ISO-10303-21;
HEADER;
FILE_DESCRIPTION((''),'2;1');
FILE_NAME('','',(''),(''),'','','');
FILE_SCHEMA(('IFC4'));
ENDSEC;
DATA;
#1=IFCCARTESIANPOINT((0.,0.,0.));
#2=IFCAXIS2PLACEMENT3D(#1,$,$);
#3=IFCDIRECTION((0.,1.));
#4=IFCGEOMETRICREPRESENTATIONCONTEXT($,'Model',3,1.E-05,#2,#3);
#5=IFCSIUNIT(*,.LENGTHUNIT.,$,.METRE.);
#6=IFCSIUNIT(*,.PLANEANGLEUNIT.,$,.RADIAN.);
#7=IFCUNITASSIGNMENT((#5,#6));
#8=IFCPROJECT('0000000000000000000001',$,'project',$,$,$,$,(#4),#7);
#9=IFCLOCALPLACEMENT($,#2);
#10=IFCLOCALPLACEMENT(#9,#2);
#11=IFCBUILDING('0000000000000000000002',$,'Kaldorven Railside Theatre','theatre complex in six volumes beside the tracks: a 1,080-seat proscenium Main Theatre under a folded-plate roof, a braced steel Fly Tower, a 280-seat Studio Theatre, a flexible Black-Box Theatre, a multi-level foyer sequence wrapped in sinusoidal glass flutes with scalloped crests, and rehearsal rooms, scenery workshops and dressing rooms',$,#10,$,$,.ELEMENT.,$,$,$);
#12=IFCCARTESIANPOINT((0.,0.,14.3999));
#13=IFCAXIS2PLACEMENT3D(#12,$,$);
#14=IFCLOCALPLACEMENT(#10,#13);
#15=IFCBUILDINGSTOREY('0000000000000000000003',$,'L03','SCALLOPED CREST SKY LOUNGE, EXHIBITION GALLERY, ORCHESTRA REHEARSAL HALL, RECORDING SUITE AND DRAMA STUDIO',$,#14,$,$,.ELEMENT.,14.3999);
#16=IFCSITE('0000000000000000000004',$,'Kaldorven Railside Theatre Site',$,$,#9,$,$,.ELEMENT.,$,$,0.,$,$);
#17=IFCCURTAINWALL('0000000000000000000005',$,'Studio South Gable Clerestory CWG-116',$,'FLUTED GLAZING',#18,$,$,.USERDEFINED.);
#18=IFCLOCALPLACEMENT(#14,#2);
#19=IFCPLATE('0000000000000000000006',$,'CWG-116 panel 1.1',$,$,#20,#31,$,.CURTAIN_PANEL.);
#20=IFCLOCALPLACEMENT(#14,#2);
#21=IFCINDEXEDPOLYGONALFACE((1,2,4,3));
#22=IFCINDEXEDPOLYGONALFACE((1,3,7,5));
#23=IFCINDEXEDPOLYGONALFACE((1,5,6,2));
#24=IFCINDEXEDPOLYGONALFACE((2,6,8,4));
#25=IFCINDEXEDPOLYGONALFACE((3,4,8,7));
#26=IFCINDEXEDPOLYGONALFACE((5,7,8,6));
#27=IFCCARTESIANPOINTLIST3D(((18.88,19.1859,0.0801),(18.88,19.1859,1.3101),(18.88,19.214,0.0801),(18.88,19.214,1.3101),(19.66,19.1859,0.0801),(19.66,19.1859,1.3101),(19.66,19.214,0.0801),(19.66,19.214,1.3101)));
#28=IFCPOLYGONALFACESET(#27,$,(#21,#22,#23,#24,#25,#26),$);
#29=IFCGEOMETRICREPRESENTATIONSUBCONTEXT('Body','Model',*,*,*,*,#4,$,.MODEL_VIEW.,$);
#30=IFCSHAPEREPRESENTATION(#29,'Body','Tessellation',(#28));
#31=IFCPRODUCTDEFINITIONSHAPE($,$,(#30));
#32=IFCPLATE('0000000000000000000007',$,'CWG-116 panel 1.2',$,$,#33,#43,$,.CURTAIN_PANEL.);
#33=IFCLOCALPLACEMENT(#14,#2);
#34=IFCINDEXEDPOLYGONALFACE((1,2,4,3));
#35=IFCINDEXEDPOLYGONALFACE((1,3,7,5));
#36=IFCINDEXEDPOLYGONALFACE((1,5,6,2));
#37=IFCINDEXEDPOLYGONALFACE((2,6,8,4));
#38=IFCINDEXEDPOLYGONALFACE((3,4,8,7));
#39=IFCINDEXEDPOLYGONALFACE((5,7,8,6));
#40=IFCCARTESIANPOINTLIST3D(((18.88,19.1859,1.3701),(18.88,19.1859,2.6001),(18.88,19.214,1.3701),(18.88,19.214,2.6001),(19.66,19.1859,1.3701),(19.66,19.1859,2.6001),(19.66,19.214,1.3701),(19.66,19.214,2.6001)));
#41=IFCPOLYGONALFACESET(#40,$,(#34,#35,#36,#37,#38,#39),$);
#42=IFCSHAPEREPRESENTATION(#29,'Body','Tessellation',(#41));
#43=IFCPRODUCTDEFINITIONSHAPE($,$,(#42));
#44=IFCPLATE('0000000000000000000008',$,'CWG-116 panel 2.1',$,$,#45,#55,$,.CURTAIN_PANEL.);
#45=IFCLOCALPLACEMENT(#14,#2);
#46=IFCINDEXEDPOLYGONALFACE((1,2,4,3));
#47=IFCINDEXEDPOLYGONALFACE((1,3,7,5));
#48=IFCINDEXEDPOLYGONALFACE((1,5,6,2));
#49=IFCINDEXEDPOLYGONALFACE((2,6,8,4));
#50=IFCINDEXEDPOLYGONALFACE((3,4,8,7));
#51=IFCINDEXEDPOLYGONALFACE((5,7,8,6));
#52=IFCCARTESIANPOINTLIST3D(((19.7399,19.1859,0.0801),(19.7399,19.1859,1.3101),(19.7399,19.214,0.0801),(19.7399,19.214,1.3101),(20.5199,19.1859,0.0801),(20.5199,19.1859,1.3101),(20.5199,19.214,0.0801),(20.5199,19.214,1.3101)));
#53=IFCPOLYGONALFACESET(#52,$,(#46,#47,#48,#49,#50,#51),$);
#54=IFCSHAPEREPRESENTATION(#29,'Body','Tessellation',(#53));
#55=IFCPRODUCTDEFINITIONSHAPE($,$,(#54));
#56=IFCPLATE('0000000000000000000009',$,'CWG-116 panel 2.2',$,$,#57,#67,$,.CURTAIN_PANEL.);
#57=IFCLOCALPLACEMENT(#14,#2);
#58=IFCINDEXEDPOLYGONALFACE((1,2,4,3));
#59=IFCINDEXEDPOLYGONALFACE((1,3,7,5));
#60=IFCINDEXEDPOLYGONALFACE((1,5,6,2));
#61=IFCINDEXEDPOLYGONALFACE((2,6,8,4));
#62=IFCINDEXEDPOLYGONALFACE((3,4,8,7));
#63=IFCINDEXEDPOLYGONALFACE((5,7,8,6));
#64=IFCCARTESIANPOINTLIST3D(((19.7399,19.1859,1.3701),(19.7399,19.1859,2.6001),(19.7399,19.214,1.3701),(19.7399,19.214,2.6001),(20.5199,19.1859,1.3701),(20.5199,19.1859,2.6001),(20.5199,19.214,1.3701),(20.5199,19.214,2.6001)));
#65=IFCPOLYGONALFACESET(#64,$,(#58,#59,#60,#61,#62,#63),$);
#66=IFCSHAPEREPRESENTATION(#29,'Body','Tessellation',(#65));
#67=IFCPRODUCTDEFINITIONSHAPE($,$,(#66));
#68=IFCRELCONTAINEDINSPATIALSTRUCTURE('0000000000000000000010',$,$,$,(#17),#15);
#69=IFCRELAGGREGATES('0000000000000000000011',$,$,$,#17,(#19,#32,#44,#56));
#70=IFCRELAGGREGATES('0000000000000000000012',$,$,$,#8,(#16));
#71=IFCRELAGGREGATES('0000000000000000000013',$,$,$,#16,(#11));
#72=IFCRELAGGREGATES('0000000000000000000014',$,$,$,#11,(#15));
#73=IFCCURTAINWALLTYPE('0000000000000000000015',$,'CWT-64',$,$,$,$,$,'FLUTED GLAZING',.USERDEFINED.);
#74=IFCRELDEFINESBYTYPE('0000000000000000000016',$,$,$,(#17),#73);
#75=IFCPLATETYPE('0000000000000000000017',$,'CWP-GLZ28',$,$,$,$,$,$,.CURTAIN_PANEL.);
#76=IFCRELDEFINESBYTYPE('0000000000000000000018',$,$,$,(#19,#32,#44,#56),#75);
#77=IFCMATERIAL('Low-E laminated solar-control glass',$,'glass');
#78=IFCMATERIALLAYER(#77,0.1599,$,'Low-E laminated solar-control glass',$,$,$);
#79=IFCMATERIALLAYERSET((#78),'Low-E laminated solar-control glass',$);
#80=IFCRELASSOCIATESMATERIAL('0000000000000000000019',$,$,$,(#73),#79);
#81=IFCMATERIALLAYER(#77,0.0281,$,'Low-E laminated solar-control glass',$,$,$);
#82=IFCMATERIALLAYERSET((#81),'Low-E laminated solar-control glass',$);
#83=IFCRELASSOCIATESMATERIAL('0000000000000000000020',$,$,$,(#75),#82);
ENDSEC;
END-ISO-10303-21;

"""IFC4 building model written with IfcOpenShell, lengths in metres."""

from ifc_helpers import new_model, si_unit, direction, frame, origin, origin_2d, place, context, subcontext, project, spatial, rectangle, extrude, material, layer, layer_set, type_object, element, aggregate, save


model = new_model("IFC4")

# Units and contexts
model_context = context("Model", 3, precision=1e-05, world=origin(), true_north=direction((0.0, 1.0)))
body_context = subcontext(model_context, "Body", "Model", "MODEL_VIEW")
ifc_project = project(units=[si_unit("LENGTHUNIT", "METRE"), si_unit("PLANEANGLEUNIT", "RADIAN")], contexts=[model_context])

# Site, building, storey
site_placement = place(None, origin())
site = spatial("IfcSite", under=ifc_project, at=site_placement, Name="Kaldorven Railside Theatre Site", CompositionType="ELEMENT", RefElevation=0.0)
building_placement = place(site_placement, origin())
building = spatial("IfcBuilding", under=site, at=building_placement, Name="Kaldorven Railside Theatre", Description="theatre complex in six volumes beside the tracks: a 1,080-seat proscenium Main Theatre under a folded-plate roof, a braced steel Fly Tower, a 280-seat Studio Theatre, a flexible Black-Box Theatre, a multi-level foyer sequence wrapped in sinusoidal glass flutes with scalloped crests, and rehearsal rooms, scenery workshops and dressing rooms", CompositionType="ELEMENT")
storey_placement = place(building_placement, frame((0.0, 0.0, 14.3999)))
storey = spatial("IfcBuildingStorey", under=building, at=storey_placement, Name="L03", Description="SCALLOPED CREST SKY LOUNGE, EXHIBITION GALLERY, ORCHESTRA REHEARSAL HALL, RECORDING SUITE AND DRAMA STUDIO", CompositionType="ELEMENT", Elevation=14.3999)

# Curtain wall
ifc_material_1 = material(Name="Low-E laminated solar-control glass", Category="glass")
ifc_layer_1 = layer(ifc_material_1, 0.1599, Name="Low-E laminated solar-control glass")
ifc_layer_set_1 = layer_set([ifc_layer_1], Name="Low-E laminated solar-control glass")
curtain_wall_type_1 = type_object("IfcCurtainWallType", Name="CWT-64", ElementType="FLUTED GLAZING", PredefinedType="USERDEFINED", material=ifc_layer_set_1)
curtain_wall_1_placement = place(storey_placement, origin())
curtain_wall_1 = element("IfcCurtainWall", 1, at=curtain_wall_1_placement, inside=storey, type_object=curtain_wall_type_1, Name="Studio South Gable Clerestory CWG-116", ObjectType="FLUTED GLAZING", PredefinedType="USERDEFINED")

# Plates
ifc_layer_2 = layer(ifc_material_1, 0.0281, Name="Low-E laminated solar-control glass")
ifc_layer_set_2 = layer_set([ifc_layer_2], Name="Low-E laminated solar-control glass")
plate_type = type_object("IfcPlateType", Name="CWP-GLZ28", PredefinedType="CURTAIN_PANEL", material=ifc_layer_set_2)
plate_1_placement = place(storey_placement, frame((19.27, 19.2, 0.0801), z_axis=(0.0, 0.0, 1.0), x_axis=(1.0, 0.0, 0.0)))
plate_1 = element("IfcPlate", 2, at=plate_1_placement, type_object=plate_type, Name="CWG-116 panel 1.1", PredefinedType="CURTAIN_PANEL", context=body_context, shape_type="SweptSolid", body=[
    extrude(rectangle(XDim=0.78, YDim=0.0281, at=origin_2d()), origin(), (0.0, 0.0, 1.0), 1.23),
])
plate_2_placement = place(storey_placement, frame((19.27, 19.2, 1.3701), z_axis=(0.0, 0.0, 1.0), x_axis=(1.0, 0.0, 0.0)))
plate_2 = element("IfcPlate", 3, at=plate_2_placement, type_object=plate_type, Name="CWG-116 panel 1.2", PredefinedType="CURTAIN_PANEL", context=body_context, shape_type="SweptSolid", body=[
    extrude(rectangle(XDim=0.78, YDim=0.0281, at=origin_2d()), origin(), (0.0, 0.0, 1.0), 1.23),
])
plate_3_placement = place(storey_placement, frame((20.1299, 19.2, 0.0801), z_axis=(0.0, 0.0, 1.0), x_axis=(1.0, 0.0, 0.0)))
plate_3 = element("IfcPlate", 4, at=plate_3_placement, type_object=plate_type, Name="CWG-116 panel 2.1", PredefinedType="CURTAIN_PANEL", context=body_context, shape_type="SweptSolid", body=[
    extrude(rectangle(XDim=0.78, YDim=0.0281, at=origin_2d()), origin(), (0.0, 0.0, 1.0), 1.23),
])
plate_4_placement = place(storey_placement, frame((20.1299, 19.2, 1.3701), z_axis=(0.0, 0.0, 1.0), x_axis=(1.0, 0.0, 0.0)))
plate_4 = element("IfcPlate", 5, at=plate_4_placement, type_object=plate_type, Name="CWG-116 panel 2.2", PredefinedType="CURTAIN_PANEL", context=body_context, shape_type="SweptSolid", body=[
    extrude(rectangle(XDim=0.78, YDim=0.0281, at=origin_2d()), origin(), (0.0, 0.0, 1.0), 1.23),
])
aggregate(curtain_wall_1, [plate_1, plate_2, plate_3, plate_4])

save(model, "model.ifc")
